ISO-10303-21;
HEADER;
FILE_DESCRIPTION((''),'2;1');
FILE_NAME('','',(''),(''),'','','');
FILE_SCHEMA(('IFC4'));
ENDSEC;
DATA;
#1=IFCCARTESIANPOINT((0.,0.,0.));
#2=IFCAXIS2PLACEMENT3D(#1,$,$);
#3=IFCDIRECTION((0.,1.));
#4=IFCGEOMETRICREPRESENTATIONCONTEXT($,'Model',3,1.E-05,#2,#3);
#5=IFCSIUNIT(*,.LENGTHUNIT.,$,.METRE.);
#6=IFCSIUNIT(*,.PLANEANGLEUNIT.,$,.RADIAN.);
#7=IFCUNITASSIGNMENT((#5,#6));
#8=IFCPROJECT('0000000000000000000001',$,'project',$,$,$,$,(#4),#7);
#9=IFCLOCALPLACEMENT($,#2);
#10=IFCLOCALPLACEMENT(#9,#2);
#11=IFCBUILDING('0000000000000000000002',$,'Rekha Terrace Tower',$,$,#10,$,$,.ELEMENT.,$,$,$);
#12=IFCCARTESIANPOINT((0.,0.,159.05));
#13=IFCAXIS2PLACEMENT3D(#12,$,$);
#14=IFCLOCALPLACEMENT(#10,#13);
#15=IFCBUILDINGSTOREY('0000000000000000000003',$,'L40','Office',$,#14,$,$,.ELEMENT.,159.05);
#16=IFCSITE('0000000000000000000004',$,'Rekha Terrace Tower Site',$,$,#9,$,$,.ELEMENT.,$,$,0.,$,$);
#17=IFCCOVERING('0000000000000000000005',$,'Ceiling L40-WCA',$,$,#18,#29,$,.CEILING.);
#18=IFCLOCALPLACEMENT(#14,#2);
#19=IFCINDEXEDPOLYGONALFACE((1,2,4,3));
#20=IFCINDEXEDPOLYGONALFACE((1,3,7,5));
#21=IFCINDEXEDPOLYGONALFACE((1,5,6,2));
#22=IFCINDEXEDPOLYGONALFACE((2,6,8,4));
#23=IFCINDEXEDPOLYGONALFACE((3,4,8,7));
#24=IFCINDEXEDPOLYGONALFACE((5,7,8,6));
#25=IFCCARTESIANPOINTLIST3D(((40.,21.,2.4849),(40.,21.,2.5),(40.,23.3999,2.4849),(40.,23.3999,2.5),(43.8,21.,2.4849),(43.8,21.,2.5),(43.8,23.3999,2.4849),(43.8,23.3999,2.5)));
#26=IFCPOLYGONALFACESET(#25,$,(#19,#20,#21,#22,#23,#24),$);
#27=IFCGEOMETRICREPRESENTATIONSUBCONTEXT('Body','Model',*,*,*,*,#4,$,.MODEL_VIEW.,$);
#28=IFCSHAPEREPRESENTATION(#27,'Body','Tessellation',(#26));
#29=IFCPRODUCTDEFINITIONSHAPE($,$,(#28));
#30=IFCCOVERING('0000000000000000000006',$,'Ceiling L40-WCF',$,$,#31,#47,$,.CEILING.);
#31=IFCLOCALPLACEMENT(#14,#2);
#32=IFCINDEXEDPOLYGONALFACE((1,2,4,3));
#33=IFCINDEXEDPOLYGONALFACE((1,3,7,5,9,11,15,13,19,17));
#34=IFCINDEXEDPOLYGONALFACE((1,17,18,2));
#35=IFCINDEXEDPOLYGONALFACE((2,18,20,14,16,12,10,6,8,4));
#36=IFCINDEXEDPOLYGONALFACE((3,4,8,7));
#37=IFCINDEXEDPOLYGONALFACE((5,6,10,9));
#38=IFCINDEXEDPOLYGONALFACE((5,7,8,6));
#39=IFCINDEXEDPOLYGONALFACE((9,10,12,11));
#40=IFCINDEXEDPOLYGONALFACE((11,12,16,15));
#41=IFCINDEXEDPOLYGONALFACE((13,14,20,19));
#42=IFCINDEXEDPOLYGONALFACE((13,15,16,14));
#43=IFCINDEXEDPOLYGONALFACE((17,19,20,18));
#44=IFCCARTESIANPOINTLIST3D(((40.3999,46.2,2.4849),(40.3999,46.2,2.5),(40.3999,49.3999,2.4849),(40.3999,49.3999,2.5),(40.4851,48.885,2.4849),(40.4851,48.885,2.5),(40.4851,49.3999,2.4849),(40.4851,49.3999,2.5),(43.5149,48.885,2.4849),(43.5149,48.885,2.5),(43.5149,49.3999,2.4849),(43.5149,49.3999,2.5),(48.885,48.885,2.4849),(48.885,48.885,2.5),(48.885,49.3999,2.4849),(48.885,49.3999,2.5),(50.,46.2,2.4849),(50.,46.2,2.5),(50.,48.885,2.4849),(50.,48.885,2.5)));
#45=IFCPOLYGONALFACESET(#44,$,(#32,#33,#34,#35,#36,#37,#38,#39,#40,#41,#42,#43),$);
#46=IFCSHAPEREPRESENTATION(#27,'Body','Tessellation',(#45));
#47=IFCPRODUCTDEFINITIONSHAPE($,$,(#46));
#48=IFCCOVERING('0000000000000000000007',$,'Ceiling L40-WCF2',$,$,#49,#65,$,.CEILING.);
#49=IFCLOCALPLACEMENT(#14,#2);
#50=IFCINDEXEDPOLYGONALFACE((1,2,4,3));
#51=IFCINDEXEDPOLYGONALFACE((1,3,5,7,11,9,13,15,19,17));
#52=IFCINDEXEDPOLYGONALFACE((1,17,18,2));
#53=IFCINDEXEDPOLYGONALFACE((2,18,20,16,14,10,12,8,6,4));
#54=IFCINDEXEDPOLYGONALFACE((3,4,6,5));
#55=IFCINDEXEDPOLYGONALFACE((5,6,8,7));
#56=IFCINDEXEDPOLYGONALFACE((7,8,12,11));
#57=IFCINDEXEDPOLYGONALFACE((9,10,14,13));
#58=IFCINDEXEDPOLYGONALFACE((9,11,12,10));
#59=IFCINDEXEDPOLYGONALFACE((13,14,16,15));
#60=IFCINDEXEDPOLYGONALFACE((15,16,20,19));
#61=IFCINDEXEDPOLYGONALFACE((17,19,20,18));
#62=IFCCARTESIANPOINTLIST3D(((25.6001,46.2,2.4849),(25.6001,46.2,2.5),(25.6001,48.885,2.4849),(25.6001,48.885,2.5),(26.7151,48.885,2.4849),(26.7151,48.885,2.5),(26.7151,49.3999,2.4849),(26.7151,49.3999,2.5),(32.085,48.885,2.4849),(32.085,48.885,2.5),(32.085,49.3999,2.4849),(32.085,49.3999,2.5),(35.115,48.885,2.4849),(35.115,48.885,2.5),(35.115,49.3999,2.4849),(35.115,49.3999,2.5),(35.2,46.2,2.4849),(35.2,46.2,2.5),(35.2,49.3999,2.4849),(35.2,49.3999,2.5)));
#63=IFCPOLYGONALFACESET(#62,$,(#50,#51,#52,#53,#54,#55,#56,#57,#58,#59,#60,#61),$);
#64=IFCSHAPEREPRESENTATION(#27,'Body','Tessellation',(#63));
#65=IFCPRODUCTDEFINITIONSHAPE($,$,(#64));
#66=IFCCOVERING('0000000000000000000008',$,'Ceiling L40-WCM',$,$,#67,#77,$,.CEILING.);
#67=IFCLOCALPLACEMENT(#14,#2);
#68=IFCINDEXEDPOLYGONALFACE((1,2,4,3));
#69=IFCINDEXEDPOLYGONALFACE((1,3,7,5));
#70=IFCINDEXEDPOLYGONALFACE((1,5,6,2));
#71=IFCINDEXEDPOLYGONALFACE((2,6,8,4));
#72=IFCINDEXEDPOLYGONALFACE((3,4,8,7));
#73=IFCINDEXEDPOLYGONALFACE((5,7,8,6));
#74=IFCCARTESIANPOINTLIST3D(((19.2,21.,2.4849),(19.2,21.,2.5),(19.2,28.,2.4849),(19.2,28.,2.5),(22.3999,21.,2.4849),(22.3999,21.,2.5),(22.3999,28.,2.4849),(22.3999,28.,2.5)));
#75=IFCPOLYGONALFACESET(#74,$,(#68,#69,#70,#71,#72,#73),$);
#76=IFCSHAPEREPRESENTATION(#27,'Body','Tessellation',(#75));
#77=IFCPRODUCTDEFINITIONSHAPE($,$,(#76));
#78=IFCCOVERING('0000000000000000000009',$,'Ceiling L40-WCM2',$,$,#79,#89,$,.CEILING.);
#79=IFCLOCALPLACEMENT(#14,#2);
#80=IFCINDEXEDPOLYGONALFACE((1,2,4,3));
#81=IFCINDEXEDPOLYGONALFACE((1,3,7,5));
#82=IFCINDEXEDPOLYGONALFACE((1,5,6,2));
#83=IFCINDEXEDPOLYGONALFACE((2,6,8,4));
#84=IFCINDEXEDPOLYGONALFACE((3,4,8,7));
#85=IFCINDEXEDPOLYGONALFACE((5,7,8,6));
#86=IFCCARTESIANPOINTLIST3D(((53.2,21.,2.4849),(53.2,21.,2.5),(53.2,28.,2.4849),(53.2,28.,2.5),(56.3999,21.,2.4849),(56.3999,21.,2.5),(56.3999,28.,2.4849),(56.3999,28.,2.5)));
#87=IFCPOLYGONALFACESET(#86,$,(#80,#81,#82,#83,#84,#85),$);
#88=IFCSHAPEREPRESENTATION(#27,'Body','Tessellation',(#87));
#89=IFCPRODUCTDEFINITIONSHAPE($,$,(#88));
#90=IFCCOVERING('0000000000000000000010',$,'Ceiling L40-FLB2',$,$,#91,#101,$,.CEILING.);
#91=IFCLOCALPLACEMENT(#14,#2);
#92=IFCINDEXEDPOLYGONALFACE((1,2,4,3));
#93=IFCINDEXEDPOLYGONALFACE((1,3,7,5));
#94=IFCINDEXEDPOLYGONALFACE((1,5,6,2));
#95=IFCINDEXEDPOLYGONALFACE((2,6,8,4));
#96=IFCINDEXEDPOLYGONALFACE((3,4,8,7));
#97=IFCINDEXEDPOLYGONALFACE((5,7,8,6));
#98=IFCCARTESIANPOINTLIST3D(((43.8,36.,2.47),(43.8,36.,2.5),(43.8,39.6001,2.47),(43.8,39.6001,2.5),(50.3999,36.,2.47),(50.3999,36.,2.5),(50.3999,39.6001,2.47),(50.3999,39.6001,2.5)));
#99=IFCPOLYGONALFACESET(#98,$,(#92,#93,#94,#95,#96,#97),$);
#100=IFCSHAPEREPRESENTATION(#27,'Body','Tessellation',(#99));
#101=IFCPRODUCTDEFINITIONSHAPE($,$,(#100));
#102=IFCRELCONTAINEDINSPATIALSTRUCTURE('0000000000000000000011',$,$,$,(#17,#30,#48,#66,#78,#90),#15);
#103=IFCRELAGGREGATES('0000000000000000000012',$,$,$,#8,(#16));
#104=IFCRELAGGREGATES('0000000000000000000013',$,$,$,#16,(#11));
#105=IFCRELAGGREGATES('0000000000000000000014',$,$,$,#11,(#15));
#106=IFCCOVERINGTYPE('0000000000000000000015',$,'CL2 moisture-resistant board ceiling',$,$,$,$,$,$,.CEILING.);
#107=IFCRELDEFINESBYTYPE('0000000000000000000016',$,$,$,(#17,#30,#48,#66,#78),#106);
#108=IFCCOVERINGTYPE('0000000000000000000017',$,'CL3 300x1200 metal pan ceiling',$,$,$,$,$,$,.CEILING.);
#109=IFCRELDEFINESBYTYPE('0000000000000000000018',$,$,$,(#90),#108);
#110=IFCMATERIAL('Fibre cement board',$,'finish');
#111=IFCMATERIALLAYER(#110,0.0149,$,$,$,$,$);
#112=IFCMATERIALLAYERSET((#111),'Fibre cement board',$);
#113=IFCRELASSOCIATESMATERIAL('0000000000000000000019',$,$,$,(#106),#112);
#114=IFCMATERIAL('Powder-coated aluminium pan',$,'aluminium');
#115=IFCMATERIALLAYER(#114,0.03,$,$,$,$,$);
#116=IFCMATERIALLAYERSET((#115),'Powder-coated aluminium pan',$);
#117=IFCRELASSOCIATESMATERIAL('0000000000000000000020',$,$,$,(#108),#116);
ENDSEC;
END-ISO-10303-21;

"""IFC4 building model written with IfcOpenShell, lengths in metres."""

from ifc_helpers import new_model, si_unit, direction, frame, origin, place, context, subcontext, project, spatial, polyline, outline, extrude, material, layer, layer_set, type_object, element, save


model = new_model("IFC4")

# Units and contexts
model_context = context("Model", 3, precision=1e-05, world=origin(), true_north=direction((0.0, 1.0)))
body_context = subcontext(model_context, "Body", "Model", "MODEL_VIEW")
ifc_project = project(units=[si_unit("LENGTHUNIT", "METRE"), si_unit("PLANEANGLEUNIT", "RADIAN")], contexts=[model_context])

# Site, building, storey
site_placement = place(None, origin())
site = spatial("IfcSite", under=ifc_project, at=site_placement, Name="Rekha Terrace Tower Site", CompositionType="ELEMENT", RefElevation=0.0)
building_placement = place(site_placement, origin())
building = spatial("IfcBuilding", under=site, at=building_placement, Name="Rekha Terrace Tower", CompositionType="ELEMENT")
storey_placement = place(building_placement, frame((0.0, 0.0, 159.05)))
storey = spatial("IfcBuildingStorey", under=building, at=storey_placement, Name="L40", Description="Office", CompositionType="ELEMENT", Elevation=159.05)

# Coverings
ifc_material_1 = material(Name="Fibre cement board", Category="finish")
ifc_layer_1 = layer(ifc_material_1, 0.0149)
ifc_layer_set_1 = layer_set([ifc_layer_1], Name="Fibre cement board")
covering_type_1 = type_object("IfcCoveringType", Name="CL2 moisture-resistant board ceiling", PredefinedType="CEILING", material=ifc_layer_set_1)
covering_1_placement = place(storey_placement, frame((0.0, 0.0, 2.4849)))
element("IfcCovering", 1, at=covering_1_placement, inside=storey, type_object=covering_type_1, Name="Ceiling L40-WCA", PredefinedType="CEILING", context=body_context, shape_type="SweptSolid", body=[
    extrude(outline(polyline([(43.8, 23.3999), (40.0, 23.3999), (40.0, 21.0), (43.8, 21.0), (43.8, 23.3999)])), origin(), (0.0, 0.0, 1.0), 0.0151),
])
covering_2_placement = place(storey_placement, frame((0.0, 0.0, 2.4849)))
element("IfcCovering", 2, at=covering_2_placement, inside=storey, type_object=covering_type_1, Name="Ceiling L40-WCF", PredefinedType="CEILING", context=body_context, shape_type="SweptSolid", body=[
    extrude(outline(polyline([(40.4851, 49.3999), (40.3999, 49.3999), (40.3999, 46.2), (50.0, 46.2), (50.0, 48.885), (48.885, 48.885), (48.885, 49.3999), (43.5149, 49.3999), (43.5149, 48.885), (40.4851, 48.885), (40.4851, 49.3999)])), origin(), (0.0, 0.0, 1.0), 0.0151),
])
covering_3_placement = place(storey_placement, frame((0.0, 0.0, 2.4849)))
element("IfcCovering", 3, at=covering_3_placement, inside=storey, type_object=covering_type_1, Name="Ceiling L40-WCF2", PredefinedType="CEILING", context=body_context, shape_type="SweptSolid", body=[
    extrude(outline(polyline([(26.7151, 48.885), (25.6001, 48.885), (25.6001, 46.2), (35.2, 46.2), (35.2, 49.3999), (35.115, 49.3999), (35.115, 48.885), (32.085, 48.885), (32.085, 49.3999), (26.7151, 49.3999), (26.7151, 48.885)])), origin(), (0.0, 0.0, 1.0), 0.0151),
])
covering_4_placement = place(storey_placement, frame((0.0, 0.0, 2.4849)))
element("IfcCovering", 4, at=covering_4_placement, inside=storey, type_object=covering_type_1, Name="Ceiling L40-WCM", PredefinedType="CEILING", context=body_context, shape_type="SweptSolid", body=[
    extrude(outline(polyline([(22.3999, 28.0), (19.2, 28.0), (19.2, 21.0), (22.3999, 21.0), (22.3999, 28.0)])), origin(), (0.0, 0.0, 1.0), 0.0151),
])
covering_5_placement = place(storey_placement, frame((0.0, 0.0, 2.4849)))
element("IfcCovering", 5, at=covering_5_placement, inside=storey, type_object=covering_type_1, Name="Ceiling L40-WCM2", PredefinedType="CEILING", context=body_context, shape_type="SweptSolid", body=[
    extrude(outline(polyline([(56.3999, 28.0), (53.2, 28.0), (53.2, 21.0), (56.3999, 21.0), (56.3999, 28.0)])), origin(), (0.0, 0.0, 1.0), 0.0151),
])
ifc_material_2 = material(Name="Powder-coated aluminium pan", Category="aluminium")
ifc_layer_2 = layer(ifc_material_2, 0.03)
ifc_layer_set_2 = layer_set([ifc_layer_2], Name="Powder-coated aluminium pan")
covering_type_2 = type_object("IfcCoveringType", Name="CL3 300x1200 metal pan ceiling", PredefinedType="CEILING", material=ifc_layer_set_2)
covering_6_placement = place(storey_placement, frame((0.0, 0.0, 2.47)))
element("IfcCovering", 6, at=covering_6_placement, inside=storey, type_object=covering_type_2, Name="Ceiling L40-FLB2", PredefinedType="CEILING", context=body_context, shape_type="SweptSolid", body=[
    extrude(outline(polyline([(50.3999, 39.6001), (43.8, 39.6001), (43.8, 36.0), (50.3999, 36.0), (50.3999, 39.6001)])), origin(), (0.0, 0.0, 1.0), 0.03),
])

save(model, "model.ifc")
